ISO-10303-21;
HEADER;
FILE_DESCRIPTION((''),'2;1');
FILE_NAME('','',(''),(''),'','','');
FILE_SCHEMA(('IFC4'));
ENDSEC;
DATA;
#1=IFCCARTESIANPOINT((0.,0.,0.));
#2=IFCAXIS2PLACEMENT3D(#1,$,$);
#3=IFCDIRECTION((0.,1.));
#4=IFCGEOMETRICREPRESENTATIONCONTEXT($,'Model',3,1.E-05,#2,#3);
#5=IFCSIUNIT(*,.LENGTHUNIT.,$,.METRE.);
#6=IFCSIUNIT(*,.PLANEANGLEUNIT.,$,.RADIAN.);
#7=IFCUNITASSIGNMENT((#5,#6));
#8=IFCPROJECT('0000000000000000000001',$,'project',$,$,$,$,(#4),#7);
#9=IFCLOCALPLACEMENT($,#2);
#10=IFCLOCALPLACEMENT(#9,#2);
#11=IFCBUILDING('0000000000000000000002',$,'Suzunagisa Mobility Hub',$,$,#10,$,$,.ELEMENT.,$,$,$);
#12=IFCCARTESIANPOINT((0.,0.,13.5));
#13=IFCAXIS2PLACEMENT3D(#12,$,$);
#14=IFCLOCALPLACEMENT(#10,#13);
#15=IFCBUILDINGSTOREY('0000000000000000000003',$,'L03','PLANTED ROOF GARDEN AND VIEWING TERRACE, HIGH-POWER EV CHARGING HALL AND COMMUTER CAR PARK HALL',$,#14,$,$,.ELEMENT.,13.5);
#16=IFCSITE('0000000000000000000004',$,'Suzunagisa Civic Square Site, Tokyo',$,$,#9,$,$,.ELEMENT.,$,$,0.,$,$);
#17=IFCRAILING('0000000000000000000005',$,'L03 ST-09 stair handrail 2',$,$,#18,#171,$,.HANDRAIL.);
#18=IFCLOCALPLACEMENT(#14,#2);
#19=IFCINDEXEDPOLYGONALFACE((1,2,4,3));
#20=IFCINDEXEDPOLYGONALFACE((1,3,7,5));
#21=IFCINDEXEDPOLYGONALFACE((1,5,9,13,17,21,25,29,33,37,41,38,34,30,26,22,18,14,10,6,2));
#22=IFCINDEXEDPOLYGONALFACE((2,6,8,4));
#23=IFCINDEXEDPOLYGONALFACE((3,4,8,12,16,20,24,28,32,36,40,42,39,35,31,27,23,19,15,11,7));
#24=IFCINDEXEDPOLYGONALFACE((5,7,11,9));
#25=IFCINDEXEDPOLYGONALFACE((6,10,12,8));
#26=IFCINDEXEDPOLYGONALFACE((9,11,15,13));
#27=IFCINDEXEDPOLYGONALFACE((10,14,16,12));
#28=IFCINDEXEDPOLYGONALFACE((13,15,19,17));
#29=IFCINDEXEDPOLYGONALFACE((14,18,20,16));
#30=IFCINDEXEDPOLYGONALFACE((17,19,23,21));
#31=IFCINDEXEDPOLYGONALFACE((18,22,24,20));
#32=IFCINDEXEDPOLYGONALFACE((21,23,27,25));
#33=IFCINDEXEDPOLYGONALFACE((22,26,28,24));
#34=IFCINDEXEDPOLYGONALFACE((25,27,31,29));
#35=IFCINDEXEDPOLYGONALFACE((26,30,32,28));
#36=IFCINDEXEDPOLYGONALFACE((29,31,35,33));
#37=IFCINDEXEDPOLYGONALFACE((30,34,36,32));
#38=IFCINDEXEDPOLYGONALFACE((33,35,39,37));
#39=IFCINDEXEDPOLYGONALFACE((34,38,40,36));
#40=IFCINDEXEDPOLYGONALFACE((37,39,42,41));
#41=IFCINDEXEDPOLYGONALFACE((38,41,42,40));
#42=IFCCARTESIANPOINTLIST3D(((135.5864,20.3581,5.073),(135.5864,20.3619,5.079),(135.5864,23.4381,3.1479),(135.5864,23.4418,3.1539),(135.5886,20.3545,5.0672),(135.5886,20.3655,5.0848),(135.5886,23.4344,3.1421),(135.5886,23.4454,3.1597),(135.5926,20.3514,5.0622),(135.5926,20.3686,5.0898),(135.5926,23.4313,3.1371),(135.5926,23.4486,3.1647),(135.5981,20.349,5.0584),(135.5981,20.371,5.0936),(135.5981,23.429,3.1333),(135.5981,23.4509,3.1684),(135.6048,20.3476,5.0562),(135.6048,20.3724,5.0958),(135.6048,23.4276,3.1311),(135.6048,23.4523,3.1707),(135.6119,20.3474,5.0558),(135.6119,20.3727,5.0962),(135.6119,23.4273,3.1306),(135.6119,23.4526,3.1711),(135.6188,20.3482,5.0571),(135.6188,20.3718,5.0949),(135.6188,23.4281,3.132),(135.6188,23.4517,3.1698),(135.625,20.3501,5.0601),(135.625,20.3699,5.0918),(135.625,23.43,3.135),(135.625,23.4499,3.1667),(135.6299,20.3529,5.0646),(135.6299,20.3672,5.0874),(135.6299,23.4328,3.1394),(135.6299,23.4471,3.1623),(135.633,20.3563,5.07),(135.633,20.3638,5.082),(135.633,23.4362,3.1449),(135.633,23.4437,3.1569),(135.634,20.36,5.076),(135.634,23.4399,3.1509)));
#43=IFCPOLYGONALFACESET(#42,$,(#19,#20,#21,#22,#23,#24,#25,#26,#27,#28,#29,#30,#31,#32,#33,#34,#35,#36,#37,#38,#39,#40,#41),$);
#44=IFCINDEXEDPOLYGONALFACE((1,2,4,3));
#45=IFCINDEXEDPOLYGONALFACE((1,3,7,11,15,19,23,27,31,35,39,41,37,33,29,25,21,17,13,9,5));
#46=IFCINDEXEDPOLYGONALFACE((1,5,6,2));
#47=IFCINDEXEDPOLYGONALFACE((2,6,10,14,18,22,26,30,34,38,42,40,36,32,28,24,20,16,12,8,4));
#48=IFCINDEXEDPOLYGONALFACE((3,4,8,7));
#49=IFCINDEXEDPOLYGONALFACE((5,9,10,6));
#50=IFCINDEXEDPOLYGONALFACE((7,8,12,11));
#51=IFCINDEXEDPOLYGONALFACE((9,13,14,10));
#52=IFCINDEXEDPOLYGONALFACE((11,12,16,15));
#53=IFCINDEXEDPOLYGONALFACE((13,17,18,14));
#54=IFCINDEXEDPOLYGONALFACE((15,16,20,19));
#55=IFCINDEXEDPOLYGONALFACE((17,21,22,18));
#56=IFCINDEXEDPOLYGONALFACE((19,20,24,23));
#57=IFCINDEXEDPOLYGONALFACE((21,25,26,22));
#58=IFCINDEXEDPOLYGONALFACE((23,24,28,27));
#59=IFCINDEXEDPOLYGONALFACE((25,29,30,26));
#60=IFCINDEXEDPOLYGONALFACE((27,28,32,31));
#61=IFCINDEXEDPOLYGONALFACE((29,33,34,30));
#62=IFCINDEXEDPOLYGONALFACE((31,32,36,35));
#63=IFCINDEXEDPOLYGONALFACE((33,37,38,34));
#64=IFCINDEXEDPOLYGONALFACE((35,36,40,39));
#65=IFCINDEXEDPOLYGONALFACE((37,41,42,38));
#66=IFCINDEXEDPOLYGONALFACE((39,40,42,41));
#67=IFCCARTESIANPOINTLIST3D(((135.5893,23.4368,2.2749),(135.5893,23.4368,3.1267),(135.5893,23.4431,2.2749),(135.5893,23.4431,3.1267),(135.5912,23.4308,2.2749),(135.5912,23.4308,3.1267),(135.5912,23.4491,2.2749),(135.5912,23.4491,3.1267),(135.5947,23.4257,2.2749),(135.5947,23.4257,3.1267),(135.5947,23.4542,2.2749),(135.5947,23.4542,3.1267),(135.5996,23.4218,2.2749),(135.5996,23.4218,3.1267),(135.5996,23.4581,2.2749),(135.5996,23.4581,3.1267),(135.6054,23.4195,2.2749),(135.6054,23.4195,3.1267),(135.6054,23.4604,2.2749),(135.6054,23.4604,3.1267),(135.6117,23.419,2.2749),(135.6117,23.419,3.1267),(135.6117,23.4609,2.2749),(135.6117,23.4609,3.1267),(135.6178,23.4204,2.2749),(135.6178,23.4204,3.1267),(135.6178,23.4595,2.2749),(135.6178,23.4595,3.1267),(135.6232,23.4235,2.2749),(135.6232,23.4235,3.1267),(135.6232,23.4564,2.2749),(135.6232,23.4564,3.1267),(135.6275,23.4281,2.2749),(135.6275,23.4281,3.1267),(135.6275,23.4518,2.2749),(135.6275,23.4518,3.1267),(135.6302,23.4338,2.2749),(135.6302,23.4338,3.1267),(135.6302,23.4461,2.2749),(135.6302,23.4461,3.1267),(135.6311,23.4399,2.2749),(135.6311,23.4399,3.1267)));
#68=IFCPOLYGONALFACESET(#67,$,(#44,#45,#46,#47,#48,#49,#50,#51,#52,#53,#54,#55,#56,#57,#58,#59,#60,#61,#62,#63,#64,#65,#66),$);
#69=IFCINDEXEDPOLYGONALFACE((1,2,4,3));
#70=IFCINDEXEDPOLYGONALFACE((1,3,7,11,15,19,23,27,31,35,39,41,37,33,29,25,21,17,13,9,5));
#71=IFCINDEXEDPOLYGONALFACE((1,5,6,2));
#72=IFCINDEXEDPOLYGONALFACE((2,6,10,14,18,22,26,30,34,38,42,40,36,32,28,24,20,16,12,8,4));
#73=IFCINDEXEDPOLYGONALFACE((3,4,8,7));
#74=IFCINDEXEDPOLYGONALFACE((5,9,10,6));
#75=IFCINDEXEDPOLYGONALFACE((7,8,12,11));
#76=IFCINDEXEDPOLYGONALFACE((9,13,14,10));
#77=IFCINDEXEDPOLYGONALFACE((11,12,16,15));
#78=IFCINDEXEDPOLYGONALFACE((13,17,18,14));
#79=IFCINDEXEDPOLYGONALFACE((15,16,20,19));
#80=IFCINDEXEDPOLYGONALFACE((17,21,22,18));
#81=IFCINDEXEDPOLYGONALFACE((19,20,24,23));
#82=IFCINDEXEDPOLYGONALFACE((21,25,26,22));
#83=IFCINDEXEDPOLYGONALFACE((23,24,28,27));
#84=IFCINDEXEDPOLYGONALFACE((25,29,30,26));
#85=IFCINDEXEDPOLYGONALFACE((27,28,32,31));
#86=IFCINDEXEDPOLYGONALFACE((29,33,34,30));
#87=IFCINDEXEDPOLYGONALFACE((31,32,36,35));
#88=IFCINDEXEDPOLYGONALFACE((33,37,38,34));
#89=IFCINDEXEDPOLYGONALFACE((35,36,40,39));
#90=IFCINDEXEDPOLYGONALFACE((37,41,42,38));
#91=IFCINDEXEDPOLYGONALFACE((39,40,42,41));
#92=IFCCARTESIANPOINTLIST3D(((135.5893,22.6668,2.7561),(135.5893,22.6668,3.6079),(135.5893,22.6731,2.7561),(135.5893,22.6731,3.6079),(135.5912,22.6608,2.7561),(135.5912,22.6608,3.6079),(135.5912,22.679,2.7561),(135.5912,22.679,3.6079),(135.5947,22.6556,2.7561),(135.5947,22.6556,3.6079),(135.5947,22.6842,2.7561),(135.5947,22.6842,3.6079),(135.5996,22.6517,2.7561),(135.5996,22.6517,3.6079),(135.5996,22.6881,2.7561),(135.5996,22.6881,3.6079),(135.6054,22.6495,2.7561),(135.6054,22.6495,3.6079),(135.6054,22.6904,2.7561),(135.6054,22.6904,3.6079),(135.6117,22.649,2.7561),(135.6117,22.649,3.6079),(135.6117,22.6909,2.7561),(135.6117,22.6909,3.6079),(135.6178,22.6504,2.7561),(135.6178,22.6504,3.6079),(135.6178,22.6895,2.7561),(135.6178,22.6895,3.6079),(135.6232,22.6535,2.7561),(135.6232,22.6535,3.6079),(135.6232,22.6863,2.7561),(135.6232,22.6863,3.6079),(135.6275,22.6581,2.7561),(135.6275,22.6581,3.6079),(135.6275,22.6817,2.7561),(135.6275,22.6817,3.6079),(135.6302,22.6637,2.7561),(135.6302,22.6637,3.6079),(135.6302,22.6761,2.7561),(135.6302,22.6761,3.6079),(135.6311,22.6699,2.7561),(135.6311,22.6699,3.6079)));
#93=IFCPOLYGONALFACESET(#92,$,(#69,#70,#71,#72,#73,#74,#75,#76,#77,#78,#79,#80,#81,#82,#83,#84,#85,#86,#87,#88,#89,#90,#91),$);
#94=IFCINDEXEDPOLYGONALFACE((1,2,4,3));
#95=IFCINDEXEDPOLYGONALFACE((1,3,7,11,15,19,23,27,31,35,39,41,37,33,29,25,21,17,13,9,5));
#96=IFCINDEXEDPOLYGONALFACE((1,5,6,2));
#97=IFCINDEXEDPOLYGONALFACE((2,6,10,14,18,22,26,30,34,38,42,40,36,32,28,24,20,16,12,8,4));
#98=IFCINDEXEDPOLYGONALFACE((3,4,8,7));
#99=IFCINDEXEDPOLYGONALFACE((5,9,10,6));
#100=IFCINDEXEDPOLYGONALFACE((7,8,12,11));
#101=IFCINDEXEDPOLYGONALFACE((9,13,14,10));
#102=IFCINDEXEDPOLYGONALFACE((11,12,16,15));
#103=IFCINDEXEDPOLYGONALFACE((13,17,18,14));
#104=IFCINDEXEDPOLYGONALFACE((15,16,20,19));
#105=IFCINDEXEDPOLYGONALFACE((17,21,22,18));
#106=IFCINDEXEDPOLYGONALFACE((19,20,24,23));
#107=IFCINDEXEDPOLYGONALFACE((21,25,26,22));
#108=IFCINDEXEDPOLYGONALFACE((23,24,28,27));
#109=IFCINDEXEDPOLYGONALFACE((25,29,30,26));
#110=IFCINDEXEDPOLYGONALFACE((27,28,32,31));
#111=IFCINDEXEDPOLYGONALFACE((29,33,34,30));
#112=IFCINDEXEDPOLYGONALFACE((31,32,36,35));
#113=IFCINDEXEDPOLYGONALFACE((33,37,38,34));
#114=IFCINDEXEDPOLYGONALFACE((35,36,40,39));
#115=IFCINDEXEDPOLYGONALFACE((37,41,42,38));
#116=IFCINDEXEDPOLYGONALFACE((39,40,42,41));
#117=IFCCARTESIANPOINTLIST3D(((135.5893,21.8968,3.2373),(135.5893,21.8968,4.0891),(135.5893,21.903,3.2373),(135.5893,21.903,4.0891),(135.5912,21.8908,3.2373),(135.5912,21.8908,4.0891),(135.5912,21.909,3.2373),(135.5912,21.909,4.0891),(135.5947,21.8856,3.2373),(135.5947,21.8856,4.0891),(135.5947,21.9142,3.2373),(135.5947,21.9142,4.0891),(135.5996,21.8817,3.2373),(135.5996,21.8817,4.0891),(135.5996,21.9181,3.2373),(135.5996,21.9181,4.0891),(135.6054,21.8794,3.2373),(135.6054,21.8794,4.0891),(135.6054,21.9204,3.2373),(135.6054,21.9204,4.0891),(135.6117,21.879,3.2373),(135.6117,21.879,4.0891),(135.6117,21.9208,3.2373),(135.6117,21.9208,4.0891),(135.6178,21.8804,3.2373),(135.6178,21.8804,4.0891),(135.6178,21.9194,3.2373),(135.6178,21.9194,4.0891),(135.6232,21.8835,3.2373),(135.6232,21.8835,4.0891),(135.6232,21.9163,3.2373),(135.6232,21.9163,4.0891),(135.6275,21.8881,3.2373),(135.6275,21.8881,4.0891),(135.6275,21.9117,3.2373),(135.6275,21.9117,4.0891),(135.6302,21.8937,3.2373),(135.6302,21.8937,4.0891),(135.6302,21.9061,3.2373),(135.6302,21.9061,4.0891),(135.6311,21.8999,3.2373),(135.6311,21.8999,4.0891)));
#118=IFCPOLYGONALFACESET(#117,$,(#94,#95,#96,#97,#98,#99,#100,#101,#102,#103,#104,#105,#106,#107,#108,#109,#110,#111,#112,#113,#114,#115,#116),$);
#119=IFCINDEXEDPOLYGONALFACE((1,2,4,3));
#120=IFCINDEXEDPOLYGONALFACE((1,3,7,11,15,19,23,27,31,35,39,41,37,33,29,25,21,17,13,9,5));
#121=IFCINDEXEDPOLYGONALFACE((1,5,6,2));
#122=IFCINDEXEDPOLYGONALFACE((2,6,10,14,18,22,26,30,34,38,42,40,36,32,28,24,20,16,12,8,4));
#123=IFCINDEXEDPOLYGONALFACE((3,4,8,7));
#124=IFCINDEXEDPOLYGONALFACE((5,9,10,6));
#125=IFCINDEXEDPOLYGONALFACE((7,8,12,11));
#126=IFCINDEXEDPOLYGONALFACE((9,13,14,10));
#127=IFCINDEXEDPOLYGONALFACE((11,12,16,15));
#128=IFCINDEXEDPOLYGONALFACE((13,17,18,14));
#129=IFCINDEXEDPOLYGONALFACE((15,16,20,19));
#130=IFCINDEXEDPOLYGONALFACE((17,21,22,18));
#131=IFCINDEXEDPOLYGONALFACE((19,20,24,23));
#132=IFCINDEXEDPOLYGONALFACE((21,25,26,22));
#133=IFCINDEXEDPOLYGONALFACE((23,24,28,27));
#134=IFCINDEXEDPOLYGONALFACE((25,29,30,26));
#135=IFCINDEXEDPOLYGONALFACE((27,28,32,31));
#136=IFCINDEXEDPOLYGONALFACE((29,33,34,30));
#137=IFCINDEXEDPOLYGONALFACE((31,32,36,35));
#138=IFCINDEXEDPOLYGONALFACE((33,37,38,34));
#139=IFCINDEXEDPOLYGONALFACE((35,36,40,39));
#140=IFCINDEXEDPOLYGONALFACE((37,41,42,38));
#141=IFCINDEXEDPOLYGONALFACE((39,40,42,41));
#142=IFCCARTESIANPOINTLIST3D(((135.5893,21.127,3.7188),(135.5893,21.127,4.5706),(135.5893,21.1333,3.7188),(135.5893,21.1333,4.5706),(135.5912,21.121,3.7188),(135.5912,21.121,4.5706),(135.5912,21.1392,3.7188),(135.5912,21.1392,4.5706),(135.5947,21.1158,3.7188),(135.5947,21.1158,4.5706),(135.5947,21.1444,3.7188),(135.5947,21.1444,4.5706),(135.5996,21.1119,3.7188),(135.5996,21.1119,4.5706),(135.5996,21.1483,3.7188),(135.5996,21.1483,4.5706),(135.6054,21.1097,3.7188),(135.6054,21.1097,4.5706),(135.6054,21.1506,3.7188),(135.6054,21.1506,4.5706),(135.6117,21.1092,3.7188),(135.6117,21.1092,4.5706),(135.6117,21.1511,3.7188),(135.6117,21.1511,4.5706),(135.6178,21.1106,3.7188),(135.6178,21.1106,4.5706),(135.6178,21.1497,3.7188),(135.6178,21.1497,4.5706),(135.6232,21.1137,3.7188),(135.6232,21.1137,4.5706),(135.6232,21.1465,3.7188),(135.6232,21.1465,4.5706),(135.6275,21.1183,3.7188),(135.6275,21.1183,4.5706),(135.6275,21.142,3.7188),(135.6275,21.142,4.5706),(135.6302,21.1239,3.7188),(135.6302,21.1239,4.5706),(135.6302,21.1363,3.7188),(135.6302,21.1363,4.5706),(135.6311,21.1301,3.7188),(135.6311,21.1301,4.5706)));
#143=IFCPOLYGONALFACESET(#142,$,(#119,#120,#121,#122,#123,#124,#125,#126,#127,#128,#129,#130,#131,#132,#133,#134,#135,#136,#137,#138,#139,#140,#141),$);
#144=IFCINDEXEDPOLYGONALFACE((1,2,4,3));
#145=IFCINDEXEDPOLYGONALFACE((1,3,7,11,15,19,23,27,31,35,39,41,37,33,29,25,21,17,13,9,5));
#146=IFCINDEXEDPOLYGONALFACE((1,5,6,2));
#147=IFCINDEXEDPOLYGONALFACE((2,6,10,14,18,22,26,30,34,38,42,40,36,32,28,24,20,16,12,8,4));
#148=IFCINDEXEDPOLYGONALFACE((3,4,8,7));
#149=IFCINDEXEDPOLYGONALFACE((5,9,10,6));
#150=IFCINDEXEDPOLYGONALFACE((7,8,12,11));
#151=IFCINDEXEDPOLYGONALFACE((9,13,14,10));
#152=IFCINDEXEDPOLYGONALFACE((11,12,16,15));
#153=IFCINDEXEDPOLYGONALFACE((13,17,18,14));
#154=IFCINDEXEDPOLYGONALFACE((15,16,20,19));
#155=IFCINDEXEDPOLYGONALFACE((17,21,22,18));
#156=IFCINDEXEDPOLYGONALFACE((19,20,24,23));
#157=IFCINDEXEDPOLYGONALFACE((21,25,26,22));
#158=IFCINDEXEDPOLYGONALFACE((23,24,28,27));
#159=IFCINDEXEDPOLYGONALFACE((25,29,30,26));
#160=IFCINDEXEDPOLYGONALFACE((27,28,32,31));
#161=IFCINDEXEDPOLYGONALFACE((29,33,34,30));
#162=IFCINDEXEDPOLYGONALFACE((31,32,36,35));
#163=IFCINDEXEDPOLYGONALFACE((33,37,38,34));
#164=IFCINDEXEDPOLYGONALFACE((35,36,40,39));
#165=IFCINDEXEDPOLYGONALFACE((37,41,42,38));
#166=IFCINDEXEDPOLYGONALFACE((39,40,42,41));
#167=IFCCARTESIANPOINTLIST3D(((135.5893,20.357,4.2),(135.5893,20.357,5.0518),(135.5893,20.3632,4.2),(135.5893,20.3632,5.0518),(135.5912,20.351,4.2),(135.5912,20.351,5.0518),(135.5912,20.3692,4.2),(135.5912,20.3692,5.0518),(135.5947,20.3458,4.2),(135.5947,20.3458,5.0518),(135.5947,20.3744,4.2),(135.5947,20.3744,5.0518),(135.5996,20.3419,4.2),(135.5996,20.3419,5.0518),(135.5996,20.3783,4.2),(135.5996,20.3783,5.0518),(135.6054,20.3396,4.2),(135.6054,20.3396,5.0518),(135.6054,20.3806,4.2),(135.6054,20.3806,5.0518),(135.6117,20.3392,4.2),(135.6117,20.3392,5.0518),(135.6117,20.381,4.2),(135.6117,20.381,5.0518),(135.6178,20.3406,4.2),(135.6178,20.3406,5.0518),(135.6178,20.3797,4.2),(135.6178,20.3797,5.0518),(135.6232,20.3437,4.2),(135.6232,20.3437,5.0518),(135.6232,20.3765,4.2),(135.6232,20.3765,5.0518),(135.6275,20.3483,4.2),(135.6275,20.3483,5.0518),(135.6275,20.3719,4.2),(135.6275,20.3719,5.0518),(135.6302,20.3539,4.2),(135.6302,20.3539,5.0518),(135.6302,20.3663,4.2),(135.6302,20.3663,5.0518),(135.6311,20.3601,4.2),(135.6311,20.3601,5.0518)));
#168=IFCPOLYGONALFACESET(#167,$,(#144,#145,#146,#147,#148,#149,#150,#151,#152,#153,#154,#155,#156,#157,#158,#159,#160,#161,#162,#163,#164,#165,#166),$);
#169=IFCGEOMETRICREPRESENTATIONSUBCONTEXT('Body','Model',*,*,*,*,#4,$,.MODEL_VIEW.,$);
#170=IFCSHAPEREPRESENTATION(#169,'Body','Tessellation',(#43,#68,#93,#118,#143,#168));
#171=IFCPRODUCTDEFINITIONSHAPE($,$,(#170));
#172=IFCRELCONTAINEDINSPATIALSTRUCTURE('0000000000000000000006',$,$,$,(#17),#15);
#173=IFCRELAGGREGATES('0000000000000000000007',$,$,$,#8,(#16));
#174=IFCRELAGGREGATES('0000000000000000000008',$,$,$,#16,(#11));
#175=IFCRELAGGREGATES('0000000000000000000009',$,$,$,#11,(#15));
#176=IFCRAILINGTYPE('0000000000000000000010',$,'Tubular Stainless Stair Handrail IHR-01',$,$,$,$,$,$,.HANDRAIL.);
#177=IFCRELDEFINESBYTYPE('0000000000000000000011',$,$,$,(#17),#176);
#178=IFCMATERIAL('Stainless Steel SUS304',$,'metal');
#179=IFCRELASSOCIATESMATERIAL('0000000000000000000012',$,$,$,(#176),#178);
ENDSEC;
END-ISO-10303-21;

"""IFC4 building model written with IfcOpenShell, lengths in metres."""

from ifc_helpers import new_model, si_unit, direction, frame, origin, origin_2d, place, context, subcontext, project, spatial, circle, extrude, material, type_object, element, save


model = new_model("IFC4")

# Units and contexts
model_context = context("Model", 3, precision=1e-05, world=origin(), true_north=direction((0.0, 1.0)))
body_context = subcontext(model_context, "Body", "Model", "MODEL_VIEW")
ifc_project = project(units=[si_unit("LENGTHUNIT", "METRE"), si_unit("PLANEANGLEUNIT", "RADIAN")], contexts=[model_context])

# Site, building, storey
site_placement = place(None, origin())
site = spatial("IfcSite", under=ifc_project, at=site_placement, Name="Suzunagisa Civic Square Site, Tokyo", CompositionType="ELEMENT", RefElevation=0.0)
building_placement = place(site_placement, origin())
building = spatial("IfcBuilding", under=site, at=building_placement, Name="Suzunagisa Mobility Hub", CompositionType="ELEMENT")
storey_placement = place(building_placement, frame((0.0, 0.0, 13.5)))
storey = spatial("IfcBuildingStorey", under=building, at=storey_placement, Name="L03", Description="PLANTED ROOF GARDEN AND VIEWING TERRACE, HIGH-POWER EV CHARGING HALL AND COMMUTER CAR PARK HALL", CompositionType="ELEMENT", Elevation=13.5)

# Railing
ifc_material_1 = material(Name="Stainless Steel SUS304", Category="metal")
railing_type_1 = type_object("IfcRailingType", Name="Tubular Stainless Stair Handrail IHR-01", PredefinedType="HANDRAIL", material=ifc_material_1)
railing_1_placement = place(storey_placement, frame((135.6101, 23.4399, 2.2749)))
element("IfcRailing", 1, at=railing_1_placement, inside=storey, type_object=railing_type_1, Name="L03 ST-09 stair handrail 2", PredefinedType="HANDRAIL", context=body_context, shape_type="SweptSolid", body=[
    extrude(circle(Radius=0.0239, at=origin_2d()), frame((0.0, 0.0, 0.876), z_axis=(0.0, -0.847979, 0.530029), x_axis=(1.0, 0.0, 0.0)), (0.0, 0.0, 1.0), 3.6321),
    extrude(circle(Radius=0.021, at=origin_2d()), origin(), (0.0, 0.0, 1.0), 0.8518),
    extrude(circle(Radius=0.021, at=origin_2d()), frame((0.0, -0.77, 0.4812)), (0.0, 0.0, 1.0), 0.8518),
    extrude(circle(Radius=0.021, at=origin_2d()), frame((0.0, -1.54, 0.9624)), (0.0, 0.0, 1.0), 0.8518),
    extrude(circle(Radius=0.021, at=origin_2d()), frame((0.0, -2.3098, 1.4438)), (0.0, 0.0, 1.0), 0.8518),
    extrude(circle(Radius=0.021, at=origin_2d()), frame((0.0, -3.0798, 1.925)), (0.0, 0.0, 1.0), 0.8518),
])

save(model, "model.ifc")
